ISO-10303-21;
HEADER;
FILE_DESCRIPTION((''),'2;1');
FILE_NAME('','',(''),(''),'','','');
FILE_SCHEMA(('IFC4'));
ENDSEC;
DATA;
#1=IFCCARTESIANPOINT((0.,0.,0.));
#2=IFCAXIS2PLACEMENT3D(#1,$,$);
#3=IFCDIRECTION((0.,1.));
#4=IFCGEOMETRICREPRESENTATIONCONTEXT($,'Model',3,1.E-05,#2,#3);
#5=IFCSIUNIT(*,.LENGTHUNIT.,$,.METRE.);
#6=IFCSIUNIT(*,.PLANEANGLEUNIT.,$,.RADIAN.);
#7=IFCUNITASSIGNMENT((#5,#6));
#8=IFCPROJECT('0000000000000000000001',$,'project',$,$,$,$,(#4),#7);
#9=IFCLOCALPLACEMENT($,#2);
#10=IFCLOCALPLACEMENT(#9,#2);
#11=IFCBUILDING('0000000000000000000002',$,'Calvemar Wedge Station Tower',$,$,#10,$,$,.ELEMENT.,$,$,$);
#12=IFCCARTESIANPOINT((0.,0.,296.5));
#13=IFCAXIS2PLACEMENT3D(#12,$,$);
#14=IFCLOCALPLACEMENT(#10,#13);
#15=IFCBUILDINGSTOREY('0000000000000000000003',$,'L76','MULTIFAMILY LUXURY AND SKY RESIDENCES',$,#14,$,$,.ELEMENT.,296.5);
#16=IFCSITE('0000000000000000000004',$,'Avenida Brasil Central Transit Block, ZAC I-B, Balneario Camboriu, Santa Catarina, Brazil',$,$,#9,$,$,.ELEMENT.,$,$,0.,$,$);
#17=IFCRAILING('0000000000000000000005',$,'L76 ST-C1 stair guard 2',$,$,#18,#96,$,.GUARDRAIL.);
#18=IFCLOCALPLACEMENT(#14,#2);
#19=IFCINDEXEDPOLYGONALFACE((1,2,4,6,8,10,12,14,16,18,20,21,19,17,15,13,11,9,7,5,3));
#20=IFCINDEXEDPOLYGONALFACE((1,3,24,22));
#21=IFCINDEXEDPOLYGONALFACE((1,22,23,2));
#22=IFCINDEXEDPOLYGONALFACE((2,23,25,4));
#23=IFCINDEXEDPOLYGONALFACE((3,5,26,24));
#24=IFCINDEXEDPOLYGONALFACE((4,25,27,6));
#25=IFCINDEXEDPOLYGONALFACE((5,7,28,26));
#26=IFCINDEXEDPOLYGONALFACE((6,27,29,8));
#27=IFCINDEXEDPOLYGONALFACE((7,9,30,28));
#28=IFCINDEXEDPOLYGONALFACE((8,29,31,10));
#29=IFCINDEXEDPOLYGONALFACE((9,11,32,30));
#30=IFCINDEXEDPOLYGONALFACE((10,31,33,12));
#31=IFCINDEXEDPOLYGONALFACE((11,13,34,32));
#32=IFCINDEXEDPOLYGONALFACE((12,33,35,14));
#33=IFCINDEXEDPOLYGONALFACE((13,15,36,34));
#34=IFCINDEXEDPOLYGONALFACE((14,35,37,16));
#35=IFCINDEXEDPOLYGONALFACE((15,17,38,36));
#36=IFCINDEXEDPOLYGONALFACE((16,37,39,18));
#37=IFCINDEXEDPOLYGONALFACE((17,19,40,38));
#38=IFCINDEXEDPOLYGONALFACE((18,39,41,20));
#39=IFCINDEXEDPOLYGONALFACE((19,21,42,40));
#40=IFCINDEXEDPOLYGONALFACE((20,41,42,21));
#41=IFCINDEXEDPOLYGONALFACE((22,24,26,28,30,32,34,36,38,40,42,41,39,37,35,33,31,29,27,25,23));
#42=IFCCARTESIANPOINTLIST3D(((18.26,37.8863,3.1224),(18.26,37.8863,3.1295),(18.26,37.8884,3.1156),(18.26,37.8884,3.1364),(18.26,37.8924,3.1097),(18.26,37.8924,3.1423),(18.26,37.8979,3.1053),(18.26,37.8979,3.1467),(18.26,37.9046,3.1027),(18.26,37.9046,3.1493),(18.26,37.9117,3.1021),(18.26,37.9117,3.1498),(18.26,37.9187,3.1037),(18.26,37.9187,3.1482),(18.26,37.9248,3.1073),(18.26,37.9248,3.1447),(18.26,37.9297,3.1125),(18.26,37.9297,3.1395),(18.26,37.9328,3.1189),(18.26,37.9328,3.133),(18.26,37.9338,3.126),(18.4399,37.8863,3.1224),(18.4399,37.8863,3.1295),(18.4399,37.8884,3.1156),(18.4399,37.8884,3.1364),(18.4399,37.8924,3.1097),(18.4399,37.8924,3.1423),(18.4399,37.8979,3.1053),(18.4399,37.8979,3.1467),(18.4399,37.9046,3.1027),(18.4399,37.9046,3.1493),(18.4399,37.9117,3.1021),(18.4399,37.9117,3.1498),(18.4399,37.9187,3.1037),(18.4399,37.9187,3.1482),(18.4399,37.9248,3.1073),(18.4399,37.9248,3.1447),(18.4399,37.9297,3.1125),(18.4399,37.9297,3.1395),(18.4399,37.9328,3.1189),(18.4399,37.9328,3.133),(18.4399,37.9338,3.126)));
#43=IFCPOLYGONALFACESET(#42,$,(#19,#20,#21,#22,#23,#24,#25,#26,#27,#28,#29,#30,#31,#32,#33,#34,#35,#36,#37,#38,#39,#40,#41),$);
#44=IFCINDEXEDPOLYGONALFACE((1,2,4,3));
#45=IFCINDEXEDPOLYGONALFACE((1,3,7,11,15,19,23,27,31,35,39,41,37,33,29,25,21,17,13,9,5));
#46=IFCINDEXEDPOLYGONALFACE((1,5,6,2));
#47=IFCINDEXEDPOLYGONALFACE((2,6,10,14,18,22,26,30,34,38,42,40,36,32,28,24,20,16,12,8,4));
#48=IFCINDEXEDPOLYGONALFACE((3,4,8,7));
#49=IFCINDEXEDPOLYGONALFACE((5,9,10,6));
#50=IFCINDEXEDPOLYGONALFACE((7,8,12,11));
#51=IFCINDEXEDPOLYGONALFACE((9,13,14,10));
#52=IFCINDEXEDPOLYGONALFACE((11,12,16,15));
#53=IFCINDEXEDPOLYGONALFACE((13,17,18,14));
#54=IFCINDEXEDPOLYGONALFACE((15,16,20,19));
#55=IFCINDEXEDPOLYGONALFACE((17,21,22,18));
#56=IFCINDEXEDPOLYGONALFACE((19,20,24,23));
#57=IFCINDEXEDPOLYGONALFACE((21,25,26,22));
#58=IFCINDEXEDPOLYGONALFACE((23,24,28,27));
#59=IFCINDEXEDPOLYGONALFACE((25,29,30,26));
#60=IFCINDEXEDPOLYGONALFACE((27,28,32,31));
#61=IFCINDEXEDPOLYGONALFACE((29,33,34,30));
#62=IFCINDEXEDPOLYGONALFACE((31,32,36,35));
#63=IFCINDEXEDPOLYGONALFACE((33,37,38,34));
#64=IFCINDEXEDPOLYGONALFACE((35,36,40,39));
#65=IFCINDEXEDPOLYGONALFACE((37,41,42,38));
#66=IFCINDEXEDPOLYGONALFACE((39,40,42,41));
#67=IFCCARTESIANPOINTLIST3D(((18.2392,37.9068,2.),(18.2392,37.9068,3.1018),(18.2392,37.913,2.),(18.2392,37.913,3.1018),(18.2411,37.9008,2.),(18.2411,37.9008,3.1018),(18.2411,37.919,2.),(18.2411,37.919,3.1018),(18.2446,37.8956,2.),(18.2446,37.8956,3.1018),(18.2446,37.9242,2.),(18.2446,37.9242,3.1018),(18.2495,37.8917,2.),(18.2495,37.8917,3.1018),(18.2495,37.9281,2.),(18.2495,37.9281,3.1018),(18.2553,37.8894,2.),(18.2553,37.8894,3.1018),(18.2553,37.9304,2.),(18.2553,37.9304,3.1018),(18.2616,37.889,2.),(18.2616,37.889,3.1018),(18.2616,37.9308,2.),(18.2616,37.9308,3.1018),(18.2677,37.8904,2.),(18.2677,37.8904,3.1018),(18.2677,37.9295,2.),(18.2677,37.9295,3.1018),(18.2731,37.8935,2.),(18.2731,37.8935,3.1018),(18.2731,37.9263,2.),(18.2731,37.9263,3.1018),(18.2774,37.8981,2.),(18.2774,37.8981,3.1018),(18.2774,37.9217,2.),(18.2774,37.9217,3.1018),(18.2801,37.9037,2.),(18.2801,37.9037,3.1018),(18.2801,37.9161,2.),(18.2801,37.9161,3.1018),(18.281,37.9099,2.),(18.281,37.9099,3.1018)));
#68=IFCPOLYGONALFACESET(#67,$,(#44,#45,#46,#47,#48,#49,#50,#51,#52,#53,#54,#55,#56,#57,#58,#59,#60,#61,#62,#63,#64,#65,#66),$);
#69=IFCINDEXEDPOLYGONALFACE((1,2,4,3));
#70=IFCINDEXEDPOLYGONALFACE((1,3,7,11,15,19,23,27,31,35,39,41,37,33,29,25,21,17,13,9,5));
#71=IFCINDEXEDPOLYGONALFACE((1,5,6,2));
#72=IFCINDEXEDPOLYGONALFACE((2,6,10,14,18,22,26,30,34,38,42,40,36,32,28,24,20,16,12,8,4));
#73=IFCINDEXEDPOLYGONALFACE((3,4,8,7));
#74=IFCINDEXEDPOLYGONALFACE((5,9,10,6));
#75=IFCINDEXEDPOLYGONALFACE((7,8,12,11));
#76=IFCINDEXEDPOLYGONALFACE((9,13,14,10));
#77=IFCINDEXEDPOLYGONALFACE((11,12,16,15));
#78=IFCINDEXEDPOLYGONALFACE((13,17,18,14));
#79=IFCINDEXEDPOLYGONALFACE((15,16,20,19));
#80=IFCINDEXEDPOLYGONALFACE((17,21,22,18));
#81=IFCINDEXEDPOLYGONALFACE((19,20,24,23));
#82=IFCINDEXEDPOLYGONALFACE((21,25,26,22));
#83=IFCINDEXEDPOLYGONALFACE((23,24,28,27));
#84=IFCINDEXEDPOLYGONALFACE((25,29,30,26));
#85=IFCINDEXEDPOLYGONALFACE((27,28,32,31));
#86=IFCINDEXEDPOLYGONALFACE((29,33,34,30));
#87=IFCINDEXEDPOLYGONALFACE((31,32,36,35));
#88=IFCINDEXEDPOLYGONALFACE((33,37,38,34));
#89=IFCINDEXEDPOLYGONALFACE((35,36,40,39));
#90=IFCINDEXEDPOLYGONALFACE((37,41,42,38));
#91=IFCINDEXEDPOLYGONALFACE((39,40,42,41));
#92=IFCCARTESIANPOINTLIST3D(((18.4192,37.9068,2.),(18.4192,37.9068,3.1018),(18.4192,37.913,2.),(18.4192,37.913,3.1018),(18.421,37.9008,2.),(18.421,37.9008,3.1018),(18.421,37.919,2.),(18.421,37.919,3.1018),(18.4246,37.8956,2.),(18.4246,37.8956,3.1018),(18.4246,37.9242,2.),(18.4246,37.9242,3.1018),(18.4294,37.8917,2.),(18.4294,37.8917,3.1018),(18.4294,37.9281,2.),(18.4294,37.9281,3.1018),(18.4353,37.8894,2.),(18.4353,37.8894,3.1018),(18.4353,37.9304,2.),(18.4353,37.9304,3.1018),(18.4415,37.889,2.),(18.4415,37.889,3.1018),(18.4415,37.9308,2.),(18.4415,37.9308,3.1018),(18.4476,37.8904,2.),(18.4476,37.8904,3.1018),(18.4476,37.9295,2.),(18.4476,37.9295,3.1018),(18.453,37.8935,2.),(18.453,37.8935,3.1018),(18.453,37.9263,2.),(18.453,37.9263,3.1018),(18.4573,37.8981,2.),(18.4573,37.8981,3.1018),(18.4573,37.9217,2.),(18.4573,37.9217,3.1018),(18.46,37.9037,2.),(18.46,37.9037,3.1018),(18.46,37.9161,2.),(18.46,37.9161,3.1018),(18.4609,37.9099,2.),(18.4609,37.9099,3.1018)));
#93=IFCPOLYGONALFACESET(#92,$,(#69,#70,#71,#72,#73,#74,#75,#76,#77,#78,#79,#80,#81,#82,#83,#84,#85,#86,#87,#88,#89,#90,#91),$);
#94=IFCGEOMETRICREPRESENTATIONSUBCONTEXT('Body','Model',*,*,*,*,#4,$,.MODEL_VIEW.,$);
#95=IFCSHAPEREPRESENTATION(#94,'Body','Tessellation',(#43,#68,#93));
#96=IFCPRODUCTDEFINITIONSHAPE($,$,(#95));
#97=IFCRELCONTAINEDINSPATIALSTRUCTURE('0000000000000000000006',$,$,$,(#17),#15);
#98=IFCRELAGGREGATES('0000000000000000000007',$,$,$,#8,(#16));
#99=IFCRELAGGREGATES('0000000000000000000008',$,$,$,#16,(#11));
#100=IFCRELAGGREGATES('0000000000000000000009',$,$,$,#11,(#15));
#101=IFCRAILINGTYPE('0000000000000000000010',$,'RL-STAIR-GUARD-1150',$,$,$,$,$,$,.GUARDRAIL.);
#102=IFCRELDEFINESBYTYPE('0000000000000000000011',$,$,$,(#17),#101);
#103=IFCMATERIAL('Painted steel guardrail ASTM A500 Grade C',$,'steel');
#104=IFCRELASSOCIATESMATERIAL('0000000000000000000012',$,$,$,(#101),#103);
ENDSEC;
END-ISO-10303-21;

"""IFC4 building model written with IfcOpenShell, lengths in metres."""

from ifc_helpers import new_model, si_unit, direction, frame, origin, origin_2d, place, context, subcontext, project, spatial, circle, extrude, material, type_object, element, save


model = new_model("IFC4")

# Units and contexts
model_context = context("Model", 3, precision=1e-05, world=origin(), true_north=direction((0.0, 1.0)))
body_context = subcontext(model_context, "Body", "Model", "MODEL_VIEW")
ifc_project = project(units=[si_unit("LENGTHUNIT", "METRE"), si_unit("PLANEANGLEUNIT", "RADIAN")], contexts=[model_context])

# Site, building, storey
site_placement = place(None, origin())
site = spatial("IfcSite", under=ifc_project, at=site_placement, Name="Avenida Brasil Central Transit Block, ZAC I-B, Balneario Camboriu, Santa Catarina, Brazil", CompositionType="ELEMENT", RefElevation=0.0)
building_placement = place(site_placement, origin())
building = spatial("IfcBuilding", under=site, at=building_placement, Name="Calvemar Wedge Station Tower", CompositionType="ELEMENT")
storey_placement = place(building_placement, frame((0.0, 0.0, 296.5)))
storey = spatial("IfcBuildingStorey", under=building, at=storey_placement, Name="L76", Description="MULTIFAMILY LUXURY AND SKY RESIDENCES", CompositionType="ELEMENT", Elevation=296.5)

# Railing
ifc_material_1 = material(Name="Painted steel guardrail ASTM A500 Grade C", Category="steel")
railing_type = type_object("IfcRailingType", Name="RL-STAIR-GUARD-1150", PredefinedType="GUARDRAIL", material=ifc_material_1)
railing_placement = place(storey_placement, frame((18.26, 37.9099, 2.0)))
element("IfcRailing", 1, at=railing_placement, inside=storey, type_object=railing_type, Name="L76 ST-C1 stair guard 2", PredefinedType="GUARDRAIL", context=body_context, shape_type="SweptSolid", body=[
    extrude(circle(Radius=0.0239, at=origin_2d()), frame((0.0, 0.0, 1.126), z_axis=(1.0, 0.0, 0.0), x_axis=(0.0, 1.0, 0.0)), (0.0, 0.0, 1.0), 0.1799),
    extrude(circle(Radius=0.021, at=origin_2d()), origin(), (0.0, 0.0, 1.0), 1.1018),
    extrude(circle(Radius=0.021, at=origin_2d()), frame((0.1799, 0.0, 0.0)), (0.0, 0.0, 1.0), 1.1018),
])

save(model, "model.ifc")
